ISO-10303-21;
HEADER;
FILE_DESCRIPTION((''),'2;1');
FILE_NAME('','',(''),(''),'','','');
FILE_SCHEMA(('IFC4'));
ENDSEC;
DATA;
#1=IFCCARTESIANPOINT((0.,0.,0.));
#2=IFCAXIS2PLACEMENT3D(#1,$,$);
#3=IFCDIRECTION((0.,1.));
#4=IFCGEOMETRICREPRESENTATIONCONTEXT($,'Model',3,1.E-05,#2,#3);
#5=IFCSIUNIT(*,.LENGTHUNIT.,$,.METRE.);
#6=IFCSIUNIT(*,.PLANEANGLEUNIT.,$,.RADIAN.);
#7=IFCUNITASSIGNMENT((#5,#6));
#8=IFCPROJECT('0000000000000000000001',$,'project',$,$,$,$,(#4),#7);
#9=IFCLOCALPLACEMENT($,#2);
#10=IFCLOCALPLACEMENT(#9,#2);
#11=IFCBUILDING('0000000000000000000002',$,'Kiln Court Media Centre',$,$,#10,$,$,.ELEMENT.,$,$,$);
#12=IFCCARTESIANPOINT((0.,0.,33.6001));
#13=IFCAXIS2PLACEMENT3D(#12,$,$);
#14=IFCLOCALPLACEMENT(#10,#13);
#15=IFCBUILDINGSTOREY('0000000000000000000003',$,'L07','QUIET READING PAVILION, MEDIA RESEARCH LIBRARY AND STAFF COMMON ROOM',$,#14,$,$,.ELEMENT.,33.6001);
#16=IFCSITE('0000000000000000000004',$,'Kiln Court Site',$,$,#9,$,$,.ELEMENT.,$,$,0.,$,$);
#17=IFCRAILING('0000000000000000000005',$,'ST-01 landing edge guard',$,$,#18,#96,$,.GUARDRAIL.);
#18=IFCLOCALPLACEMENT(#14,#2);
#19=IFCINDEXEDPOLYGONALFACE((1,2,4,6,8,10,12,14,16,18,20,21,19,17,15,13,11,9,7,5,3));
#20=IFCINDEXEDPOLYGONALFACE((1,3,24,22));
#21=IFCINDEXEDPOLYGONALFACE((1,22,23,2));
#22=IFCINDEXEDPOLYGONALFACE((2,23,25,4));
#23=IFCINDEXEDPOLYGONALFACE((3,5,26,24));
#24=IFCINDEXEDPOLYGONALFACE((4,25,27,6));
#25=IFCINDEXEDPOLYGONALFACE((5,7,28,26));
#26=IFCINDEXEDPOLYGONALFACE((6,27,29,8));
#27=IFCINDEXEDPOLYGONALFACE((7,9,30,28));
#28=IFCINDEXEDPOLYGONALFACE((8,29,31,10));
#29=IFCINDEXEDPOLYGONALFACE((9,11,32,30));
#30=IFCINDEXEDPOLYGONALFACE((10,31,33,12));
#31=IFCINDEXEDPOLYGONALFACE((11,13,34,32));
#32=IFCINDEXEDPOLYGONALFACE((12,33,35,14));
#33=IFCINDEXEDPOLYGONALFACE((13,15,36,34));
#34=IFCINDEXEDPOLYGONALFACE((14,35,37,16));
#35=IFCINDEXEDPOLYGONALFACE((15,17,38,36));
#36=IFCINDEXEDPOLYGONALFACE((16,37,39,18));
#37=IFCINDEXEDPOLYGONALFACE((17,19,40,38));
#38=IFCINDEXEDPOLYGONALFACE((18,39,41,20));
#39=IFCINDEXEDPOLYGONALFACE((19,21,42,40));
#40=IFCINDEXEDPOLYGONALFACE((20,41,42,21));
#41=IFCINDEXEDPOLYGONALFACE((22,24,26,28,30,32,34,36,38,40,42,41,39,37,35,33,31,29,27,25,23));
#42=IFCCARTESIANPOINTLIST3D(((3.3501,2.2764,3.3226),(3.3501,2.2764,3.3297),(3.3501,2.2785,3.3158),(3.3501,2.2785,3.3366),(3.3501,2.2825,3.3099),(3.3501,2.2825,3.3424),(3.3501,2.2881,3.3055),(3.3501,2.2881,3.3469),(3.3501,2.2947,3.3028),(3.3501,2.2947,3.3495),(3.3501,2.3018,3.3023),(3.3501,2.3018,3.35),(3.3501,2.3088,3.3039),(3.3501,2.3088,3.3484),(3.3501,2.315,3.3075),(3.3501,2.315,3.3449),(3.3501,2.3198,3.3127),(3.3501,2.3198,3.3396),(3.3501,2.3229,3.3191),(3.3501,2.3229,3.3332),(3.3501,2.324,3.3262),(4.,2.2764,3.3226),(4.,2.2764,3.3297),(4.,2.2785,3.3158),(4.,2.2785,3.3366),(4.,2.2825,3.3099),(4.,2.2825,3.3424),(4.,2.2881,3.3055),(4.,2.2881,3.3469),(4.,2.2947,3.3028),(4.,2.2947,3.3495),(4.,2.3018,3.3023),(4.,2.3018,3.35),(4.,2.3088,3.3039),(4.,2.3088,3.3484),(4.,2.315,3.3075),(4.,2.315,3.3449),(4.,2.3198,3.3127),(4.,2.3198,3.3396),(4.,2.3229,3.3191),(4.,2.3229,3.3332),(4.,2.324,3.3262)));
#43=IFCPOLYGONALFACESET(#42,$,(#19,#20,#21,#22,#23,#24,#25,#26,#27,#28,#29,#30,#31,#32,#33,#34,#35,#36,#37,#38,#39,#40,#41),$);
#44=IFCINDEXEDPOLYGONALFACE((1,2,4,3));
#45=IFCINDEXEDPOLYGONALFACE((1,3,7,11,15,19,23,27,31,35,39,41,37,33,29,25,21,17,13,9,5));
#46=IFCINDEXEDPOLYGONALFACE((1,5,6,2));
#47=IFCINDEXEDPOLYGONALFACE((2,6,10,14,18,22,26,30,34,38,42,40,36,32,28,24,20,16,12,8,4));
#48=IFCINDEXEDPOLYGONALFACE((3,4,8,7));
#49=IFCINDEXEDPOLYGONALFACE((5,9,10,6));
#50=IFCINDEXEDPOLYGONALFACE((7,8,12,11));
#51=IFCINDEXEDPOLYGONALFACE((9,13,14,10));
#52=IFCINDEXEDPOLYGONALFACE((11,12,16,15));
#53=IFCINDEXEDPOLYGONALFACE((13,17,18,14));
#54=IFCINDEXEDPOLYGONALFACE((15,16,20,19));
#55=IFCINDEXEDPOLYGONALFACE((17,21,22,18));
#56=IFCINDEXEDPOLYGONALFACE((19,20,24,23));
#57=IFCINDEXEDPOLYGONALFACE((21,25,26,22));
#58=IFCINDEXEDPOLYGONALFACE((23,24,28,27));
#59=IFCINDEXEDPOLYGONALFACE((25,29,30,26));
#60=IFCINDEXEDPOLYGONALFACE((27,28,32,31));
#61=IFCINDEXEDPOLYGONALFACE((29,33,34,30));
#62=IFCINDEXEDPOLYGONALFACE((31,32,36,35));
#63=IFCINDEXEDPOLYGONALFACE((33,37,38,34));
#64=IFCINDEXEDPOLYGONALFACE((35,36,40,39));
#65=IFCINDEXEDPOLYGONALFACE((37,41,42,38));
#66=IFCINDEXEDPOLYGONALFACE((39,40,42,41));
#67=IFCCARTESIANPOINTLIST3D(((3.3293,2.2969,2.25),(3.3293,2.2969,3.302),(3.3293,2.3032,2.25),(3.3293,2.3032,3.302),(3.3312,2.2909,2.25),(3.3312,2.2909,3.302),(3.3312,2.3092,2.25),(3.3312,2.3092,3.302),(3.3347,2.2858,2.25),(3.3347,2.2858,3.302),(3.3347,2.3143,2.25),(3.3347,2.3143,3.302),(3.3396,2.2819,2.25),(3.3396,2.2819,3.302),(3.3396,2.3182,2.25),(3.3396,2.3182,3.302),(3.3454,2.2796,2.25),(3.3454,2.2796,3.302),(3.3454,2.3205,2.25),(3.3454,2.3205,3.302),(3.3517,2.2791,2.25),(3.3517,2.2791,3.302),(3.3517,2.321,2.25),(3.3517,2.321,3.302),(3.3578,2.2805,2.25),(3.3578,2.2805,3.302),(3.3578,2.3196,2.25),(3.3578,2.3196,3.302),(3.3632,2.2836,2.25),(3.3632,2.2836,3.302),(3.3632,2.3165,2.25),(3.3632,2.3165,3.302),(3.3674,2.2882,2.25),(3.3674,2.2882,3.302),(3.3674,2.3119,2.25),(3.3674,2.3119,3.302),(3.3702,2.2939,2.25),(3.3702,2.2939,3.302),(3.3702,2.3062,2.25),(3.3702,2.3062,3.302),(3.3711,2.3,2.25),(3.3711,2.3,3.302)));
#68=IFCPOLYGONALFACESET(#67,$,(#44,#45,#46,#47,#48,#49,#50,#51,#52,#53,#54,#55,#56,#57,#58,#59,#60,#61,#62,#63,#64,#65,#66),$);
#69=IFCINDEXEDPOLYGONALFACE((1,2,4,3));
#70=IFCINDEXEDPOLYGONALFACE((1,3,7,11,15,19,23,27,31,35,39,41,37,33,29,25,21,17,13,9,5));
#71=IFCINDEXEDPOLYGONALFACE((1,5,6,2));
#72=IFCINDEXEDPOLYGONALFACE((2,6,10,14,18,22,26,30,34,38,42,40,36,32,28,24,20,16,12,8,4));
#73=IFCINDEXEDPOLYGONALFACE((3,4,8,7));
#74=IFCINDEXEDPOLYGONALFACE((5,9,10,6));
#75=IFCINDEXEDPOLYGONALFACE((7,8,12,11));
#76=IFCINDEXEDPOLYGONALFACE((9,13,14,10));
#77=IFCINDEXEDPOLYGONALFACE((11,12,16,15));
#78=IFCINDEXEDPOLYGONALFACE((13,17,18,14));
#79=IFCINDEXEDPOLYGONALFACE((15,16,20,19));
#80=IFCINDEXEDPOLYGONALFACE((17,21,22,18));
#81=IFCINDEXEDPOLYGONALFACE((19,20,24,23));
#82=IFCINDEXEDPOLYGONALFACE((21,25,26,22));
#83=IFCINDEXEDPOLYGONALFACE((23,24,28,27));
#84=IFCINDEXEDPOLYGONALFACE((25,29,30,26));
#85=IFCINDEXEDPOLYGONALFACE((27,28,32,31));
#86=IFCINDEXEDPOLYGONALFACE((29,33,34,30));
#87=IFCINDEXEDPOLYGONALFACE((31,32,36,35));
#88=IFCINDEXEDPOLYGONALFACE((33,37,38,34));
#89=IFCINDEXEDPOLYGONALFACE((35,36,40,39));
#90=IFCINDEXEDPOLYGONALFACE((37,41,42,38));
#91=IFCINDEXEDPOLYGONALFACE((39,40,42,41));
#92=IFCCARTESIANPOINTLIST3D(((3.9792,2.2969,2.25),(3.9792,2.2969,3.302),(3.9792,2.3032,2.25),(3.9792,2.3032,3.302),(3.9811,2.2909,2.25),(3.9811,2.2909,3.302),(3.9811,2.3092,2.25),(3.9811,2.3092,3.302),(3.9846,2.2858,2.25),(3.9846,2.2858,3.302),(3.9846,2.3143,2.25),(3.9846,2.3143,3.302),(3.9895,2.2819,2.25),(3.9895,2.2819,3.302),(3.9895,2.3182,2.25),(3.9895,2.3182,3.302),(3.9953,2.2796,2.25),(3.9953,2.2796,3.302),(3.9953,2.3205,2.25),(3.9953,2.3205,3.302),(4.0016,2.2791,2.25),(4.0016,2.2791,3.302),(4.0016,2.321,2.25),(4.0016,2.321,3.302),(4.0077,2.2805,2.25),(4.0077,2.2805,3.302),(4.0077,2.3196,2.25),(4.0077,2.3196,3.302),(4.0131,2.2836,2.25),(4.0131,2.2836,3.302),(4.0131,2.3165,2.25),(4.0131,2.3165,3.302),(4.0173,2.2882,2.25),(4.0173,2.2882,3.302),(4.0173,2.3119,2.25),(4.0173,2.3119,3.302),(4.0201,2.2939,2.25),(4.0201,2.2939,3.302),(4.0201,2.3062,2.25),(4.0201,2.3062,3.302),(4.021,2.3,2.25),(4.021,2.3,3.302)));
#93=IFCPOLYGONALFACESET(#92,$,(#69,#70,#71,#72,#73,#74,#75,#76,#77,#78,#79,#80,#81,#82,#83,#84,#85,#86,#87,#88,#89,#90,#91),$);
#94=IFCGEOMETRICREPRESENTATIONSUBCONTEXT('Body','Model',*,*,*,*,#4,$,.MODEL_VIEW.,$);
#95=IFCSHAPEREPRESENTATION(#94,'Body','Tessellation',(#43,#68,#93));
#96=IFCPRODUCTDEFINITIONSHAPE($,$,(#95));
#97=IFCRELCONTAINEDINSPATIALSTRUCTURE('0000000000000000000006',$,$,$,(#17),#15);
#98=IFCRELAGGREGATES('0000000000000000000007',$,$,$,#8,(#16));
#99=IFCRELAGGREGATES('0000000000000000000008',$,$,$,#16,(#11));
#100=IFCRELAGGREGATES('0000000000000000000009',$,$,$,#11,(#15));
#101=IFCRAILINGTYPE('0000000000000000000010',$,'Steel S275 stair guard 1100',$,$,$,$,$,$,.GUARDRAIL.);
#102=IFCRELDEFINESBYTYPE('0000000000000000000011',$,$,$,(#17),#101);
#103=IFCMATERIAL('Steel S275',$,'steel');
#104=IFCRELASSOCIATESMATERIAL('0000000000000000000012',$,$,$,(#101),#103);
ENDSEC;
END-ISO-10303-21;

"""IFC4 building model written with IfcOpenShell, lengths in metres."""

from ifc_helpers import new_model, si_unit, direction, frame, origin, origin_2d, place, context, subcontext, project, spatial, circle, extrude, material, type_object, element, save


model = new_model("IFC4")

# Units and contexts
model_context = context("Model", 3, precision=1e-05, world=origin(), true_north=direction((0.0, 1.0)))
body_context = subcontext(model_context, "Body", "Model", "MODEL_VIEW")
ifc_project = project(units=[si_unit("LENGTHUNIT", "METRE"), si_unit("PLANEANGLEUNIT", "RADIAN")], contexts=[model_context])

# Site, building, storey
site_placement = place(None, origin())
site = spatial("IfcSite", under=ifc_project, at=site_placement, Name="Kiln Court Site", CompositionType="ELEMENT", RefElevation=0.0)
building_placement = place(site_placement, origin())
building = spatial("IfcBuilding", under=site, at=building_placement, Name="Kiln Court Media Centre", CompositionType="ELEMENT")
storey_placement = place(building_placement, frame((0.0, 0.0, 33.6001)))
storey = spatial("IfcBuildingStorey", under=building, at=storey_placement, Name="L07", Description="QUIET READING PAVILION, MEDIA RESEARCH LIBRARY AND STAFF COMMON ROOM", CompositionType="ELEMENT", Elevation=33.6001)

# Railing
ifc_material_1 = material(Name="Steel S275", Category="steel")
railing_type_1 = type_object("IfcRailingType", Name="Steel S275 stair guard 1100", PredefinedType="GUARDRAIL", material=ifc_material_1)
railing_1_placement = place(storey_placement, frame((3.3501, 2.3, 2.25)))
element("IfcRailing", 1, at=railing_1_placement, inside=storey, type_object=railing_type_1, Name="ST-01 landing edge guard", PredefinedType="GUARDRAIL", context=body_context, shape_type="SweptSolid", body=[
    extrude(circle(Radius=0.0239, at=origin_2d()), frame((0.0, 0.0, 1.0762), z_axis=(1.0, 0.0, 0.0), x_axis=(0.0, 1.0, 0.0)), (0.0, 0.0, 1.0), 0.6499),
    extrude(circle(Radius=0.021, at=origin_2d()), origin(), (0.0, 0.0, 1.0), 1.052),
    extrude(circle(Radius=0.021, at=origin_2d()), frame((0.6499, 0.0, 0.0)), (0.0, 0.0, 1.0), 1.052),
])

save(model, "model.ifc")
